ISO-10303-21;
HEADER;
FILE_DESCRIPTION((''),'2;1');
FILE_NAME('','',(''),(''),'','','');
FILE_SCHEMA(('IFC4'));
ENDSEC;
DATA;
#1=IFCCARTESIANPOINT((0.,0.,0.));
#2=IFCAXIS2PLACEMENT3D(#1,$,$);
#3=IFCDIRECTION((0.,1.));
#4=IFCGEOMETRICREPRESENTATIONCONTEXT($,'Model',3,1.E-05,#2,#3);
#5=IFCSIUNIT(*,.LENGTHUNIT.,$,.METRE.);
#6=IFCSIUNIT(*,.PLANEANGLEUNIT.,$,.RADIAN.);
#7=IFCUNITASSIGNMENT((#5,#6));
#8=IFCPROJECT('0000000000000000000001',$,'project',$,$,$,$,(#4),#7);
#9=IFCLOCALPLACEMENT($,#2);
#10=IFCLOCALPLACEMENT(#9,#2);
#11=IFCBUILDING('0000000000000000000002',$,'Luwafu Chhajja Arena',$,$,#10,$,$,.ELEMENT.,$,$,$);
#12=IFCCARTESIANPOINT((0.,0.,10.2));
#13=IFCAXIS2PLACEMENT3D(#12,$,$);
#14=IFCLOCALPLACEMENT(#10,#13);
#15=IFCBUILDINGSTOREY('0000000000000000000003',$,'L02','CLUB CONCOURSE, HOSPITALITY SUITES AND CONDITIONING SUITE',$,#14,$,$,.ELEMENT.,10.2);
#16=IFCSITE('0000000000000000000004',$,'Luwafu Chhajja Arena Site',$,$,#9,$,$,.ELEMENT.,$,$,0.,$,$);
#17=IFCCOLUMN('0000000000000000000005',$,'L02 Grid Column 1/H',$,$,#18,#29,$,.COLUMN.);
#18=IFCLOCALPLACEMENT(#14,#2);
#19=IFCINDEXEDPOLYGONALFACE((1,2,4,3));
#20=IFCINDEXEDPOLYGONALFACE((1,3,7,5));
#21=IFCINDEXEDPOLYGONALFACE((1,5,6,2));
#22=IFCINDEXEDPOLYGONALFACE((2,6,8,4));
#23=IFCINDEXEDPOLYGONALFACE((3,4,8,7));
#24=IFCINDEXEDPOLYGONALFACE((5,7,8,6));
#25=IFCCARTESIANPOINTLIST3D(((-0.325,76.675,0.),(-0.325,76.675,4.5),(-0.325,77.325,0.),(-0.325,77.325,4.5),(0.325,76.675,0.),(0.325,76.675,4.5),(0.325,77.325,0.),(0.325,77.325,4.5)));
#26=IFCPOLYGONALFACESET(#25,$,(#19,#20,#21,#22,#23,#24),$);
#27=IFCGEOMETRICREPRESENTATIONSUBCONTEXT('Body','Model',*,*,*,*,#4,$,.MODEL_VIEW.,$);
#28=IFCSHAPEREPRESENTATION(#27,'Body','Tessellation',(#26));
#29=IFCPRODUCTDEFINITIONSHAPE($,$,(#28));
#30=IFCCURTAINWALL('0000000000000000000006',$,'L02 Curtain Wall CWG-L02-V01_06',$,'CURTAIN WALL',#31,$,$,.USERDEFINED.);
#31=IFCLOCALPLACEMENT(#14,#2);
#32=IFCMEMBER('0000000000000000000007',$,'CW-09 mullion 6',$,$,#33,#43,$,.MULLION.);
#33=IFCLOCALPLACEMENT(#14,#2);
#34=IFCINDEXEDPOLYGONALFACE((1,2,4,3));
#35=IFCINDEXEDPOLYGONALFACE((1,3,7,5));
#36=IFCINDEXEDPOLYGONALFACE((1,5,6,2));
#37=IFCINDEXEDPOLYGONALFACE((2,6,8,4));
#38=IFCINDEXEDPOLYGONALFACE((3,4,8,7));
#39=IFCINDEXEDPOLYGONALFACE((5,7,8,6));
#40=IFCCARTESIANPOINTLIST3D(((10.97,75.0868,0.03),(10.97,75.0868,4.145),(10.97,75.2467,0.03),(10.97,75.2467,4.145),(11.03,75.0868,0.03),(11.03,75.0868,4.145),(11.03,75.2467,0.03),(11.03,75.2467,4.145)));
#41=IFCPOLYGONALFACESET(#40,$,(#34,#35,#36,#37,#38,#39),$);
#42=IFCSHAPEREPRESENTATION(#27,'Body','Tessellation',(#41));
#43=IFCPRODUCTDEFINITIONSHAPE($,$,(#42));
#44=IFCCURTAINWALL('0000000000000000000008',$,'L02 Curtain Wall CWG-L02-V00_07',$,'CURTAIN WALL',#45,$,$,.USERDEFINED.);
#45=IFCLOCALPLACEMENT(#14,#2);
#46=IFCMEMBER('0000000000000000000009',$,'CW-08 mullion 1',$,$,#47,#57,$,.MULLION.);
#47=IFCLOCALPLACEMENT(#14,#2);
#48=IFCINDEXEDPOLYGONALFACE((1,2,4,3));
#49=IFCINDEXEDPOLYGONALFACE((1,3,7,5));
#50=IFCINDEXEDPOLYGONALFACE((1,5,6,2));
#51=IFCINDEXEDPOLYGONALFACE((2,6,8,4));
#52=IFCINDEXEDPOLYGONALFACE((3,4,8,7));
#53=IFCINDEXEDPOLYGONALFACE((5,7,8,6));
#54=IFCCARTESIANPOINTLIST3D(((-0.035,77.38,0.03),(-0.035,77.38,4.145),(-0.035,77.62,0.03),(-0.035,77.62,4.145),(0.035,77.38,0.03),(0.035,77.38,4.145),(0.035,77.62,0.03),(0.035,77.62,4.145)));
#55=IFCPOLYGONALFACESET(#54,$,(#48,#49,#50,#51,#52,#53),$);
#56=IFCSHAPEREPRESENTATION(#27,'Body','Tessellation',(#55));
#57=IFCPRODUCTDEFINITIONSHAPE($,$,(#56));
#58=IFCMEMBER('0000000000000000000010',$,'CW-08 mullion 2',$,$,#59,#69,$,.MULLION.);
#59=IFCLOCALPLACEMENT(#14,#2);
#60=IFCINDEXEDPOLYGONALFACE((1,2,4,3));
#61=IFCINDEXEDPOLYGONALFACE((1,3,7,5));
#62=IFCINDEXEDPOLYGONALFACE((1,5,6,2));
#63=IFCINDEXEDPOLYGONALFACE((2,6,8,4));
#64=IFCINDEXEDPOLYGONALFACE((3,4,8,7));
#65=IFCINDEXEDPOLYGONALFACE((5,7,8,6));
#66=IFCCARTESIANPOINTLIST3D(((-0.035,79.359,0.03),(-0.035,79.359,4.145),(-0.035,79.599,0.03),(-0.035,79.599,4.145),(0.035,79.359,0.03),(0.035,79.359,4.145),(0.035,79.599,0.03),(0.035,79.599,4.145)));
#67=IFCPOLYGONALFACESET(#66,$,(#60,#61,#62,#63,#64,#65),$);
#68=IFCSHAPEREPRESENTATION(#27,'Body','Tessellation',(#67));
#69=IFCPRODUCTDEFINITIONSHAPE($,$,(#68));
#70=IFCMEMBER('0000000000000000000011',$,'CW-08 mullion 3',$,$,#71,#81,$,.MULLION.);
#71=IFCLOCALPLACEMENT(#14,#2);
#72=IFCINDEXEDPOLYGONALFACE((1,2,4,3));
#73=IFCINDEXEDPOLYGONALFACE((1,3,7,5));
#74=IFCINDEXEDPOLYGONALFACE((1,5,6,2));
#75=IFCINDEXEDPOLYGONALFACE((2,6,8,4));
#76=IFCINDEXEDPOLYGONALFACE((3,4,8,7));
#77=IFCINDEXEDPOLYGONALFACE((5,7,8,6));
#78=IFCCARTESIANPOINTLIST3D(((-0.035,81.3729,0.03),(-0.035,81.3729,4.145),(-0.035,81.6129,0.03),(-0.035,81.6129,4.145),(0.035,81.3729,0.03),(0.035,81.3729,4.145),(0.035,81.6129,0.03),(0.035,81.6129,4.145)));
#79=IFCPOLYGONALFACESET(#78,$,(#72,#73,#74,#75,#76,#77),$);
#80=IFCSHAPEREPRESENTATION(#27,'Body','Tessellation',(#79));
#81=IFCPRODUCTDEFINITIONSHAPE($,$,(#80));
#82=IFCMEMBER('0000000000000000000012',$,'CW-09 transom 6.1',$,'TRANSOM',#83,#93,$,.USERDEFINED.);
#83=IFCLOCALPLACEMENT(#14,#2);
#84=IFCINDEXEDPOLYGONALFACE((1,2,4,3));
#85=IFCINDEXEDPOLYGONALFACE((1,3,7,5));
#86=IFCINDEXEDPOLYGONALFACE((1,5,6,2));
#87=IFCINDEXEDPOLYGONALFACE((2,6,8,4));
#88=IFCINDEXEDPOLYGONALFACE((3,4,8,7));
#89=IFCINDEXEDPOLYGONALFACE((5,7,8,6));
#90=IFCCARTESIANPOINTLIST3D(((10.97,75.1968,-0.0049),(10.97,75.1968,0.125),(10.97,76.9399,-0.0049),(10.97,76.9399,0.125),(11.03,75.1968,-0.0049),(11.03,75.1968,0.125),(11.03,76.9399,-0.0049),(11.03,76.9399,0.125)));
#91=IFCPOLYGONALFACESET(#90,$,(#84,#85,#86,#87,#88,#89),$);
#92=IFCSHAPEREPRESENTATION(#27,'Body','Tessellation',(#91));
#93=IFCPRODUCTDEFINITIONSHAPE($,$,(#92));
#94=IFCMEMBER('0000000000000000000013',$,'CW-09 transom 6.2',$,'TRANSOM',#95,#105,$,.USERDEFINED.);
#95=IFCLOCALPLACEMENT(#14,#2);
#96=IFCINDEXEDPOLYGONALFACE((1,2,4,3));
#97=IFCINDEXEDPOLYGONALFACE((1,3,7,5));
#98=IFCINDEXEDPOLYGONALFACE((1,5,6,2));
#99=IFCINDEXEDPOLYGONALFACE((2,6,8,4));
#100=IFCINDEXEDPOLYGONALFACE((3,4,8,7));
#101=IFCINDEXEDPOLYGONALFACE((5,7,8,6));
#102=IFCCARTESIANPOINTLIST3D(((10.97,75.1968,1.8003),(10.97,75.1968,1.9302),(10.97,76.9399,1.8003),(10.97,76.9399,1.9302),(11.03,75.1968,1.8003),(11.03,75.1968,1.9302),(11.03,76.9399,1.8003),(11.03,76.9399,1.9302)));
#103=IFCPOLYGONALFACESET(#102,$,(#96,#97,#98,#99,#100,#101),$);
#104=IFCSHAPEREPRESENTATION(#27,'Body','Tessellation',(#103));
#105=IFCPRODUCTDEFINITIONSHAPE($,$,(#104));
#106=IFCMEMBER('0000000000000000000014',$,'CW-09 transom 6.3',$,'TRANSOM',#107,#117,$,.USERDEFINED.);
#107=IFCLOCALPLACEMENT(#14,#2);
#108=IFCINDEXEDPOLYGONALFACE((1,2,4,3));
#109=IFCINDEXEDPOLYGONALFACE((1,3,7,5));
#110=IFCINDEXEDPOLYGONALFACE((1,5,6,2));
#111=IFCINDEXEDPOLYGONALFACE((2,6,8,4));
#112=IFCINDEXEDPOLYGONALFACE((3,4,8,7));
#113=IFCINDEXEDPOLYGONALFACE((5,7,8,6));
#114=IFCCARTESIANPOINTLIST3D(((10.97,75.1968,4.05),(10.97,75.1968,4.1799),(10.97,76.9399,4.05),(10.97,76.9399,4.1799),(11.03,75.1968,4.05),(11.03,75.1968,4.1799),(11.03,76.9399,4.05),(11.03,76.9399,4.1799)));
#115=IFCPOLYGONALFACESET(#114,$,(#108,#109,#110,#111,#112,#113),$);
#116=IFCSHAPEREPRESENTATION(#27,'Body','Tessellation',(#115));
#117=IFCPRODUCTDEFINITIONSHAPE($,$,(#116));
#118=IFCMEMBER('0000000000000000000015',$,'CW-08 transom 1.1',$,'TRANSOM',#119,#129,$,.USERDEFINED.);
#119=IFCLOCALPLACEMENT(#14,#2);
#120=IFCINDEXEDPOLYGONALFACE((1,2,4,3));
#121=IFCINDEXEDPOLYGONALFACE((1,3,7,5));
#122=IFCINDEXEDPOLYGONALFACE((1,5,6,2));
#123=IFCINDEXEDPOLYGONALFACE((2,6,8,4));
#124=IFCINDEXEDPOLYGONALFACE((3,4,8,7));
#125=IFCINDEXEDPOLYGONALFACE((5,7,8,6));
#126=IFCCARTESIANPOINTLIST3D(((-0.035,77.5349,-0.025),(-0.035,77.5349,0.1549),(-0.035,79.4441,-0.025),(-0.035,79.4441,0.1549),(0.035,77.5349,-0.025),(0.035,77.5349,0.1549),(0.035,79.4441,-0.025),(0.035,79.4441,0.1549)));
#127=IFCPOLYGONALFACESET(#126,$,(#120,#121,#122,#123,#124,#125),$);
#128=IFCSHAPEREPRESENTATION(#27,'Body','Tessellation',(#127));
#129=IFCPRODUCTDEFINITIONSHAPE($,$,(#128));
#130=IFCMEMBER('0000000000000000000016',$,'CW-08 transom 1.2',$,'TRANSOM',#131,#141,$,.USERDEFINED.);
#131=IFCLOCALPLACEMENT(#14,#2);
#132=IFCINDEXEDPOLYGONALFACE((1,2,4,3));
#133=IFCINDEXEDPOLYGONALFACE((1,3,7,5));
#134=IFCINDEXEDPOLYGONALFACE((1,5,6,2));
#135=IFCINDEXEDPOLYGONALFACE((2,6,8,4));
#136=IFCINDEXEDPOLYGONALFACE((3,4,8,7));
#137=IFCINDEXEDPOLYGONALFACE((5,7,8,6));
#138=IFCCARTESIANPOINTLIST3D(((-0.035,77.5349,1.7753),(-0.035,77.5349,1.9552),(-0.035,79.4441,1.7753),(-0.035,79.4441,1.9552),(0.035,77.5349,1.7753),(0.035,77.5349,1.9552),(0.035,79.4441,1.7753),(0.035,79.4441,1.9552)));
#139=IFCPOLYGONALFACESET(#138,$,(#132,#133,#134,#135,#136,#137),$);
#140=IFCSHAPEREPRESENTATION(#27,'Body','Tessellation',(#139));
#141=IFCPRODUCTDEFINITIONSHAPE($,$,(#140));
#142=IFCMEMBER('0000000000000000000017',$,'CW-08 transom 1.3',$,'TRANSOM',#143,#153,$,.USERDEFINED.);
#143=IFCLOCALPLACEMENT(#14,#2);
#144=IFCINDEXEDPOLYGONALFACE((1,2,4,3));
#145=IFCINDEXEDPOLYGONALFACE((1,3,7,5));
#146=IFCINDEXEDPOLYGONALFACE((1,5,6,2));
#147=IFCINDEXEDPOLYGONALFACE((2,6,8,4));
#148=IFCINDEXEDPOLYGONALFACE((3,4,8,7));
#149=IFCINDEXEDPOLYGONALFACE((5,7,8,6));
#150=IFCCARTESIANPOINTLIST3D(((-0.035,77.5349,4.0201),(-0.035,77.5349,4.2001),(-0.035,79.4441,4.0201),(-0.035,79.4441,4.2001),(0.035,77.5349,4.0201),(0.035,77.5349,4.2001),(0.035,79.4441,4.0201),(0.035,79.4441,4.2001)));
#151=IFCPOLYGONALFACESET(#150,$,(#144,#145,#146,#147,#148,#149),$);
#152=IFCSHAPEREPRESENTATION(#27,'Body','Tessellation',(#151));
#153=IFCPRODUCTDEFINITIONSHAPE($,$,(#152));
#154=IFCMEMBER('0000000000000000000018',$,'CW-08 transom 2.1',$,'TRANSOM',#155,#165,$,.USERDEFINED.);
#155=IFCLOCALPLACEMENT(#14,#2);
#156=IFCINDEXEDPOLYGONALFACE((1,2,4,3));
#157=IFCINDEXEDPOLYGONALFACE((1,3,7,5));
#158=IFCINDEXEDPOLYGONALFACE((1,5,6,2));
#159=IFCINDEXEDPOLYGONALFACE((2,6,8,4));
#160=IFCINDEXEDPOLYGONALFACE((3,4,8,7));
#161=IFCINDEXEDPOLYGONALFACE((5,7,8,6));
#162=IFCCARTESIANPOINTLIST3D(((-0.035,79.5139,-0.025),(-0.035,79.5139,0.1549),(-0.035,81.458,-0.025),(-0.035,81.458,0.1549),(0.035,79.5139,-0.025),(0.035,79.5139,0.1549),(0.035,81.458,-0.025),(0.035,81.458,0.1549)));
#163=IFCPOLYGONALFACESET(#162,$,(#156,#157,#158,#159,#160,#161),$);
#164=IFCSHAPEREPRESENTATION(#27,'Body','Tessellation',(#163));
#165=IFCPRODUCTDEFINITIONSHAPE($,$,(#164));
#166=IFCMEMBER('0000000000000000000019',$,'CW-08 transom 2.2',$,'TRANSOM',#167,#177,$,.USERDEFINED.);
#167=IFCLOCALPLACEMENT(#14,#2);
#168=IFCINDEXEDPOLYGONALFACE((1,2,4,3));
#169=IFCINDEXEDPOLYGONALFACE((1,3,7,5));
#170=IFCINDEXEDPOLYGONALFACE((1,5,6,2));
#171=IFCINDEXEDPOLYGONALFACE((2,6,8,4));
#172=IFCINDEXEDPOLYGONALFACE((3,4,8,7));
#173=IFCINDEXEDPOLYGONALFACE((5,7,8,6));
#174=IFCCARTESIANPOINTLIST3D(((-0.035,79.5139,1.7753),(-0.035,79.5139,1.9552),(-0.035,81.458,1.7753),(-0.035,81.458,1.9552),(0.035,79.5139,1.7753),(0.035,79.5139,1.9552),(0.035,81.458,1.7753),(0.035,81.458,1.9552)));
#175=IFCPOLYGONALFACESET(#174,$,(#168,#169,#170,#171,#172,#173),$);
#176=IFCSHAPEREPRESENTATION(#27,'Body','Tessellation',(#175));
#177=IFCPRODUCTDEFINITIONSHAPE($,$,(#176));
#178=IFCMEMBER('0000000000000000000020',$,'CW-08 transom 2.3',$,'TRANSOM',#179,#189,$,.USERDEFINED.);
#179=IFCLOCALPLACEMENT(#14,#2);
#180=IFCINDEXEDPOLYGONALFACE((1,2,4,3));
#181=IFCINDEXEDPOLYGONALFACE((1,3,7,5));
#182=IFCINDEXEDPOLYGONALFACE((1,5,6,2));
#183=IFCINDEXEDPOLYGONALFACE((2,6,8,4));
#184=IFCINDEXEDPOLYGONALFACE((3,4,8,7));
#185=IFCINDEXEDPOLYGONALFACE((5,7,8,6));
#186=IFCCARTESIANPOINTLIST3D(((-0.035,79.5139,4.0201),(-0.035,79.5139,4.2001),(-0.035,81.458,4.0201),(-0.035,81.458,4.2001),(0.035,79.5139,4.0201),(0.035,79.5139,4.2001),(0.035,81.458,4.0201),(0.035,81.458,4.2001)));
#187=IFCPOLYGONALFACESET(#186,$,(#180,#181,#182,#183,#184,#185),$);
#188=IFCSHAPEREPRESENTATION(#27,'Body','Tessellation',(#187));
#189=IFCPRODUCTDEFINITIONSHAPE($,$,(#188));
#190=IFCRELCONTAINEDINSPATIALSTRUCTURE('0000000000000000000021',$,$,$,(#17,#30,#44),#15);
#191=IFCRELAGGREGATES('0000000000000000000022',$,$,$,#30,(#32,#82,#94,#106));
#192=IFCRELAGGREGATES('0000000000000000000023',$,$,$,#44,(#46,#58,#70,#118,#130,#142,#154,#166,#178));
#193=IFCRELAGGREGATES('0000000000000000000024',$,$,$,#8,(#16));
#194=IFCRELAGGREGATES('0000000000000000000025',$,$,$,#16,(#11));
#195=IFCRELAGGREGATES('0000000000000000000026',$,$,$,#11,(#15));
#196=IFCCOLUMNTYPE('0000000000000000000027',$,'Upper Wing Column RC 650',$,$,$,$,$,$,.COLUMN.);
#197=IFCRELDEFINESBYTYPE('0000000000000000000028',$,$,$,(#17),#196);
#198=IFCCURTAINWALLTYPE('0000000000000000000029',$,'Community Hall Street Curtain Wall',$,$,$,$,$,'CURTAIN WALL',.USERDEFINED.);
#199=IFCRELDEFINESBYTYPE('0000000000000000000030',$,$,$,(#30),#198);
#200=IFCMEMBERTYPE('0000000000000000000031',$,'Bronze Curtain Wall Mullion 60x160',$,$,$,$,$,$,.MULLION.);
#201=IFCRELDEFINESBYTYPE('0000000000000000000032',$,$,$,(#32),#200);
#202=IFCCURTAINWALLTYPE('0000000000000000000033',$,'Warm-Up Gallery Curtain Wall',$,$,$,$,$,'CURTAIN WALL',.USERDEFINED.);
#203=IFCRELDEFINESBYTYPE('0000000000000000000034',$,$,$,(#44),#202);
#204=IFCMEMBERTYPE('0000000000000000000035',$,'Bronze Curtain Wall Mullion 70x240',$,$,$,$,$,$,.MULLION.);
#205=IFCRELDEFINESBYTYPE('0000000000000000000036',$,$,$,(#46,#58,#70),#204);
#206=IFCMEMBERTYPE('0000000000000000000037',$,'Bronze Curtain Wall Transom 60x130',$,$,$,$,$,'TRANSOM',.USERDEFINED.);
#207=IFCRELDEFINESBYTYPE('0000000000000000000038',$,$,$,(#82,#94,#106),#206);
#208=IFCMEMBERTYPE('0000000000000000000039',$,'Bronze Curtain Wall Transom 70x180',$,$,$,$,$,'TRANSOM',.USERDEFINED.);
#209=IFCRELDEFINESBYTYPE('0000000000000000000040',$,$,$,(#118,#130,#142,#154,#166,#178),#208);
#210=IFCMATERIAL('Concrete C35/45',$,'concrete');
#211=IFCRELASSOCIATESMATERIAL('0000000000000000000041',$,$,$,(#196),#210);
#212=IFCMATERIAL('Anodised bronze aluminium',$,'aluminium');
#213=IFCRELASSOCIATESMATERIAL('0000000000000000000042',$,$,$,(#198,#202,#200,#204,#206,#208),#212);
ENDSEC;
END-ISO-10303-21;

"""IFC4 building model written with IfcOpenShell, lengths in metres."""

from ifc_helpers import new_model, si_unit, direction, frame, origin, origin_2d, place, context, subcontext, project, spatial, rectangle, extrude, material, material_profile, profile_set, type_object, element, aggregate, save


model = new_model("IFC4")

# Units and contexts
model_context = context("Model", 3, precision=1e-05, world=origin(), true_north=direction((0.0, 1.0)))
body_context = subcontext(model_context, "Body", "Model", "MODEL_VIEW")
ifc_project = project(units=[si_unit("LENGTHUNIT", "METRE"), si_unit("PLANEANGLEUNIT", "RADIAN")], contexts=[model_context])

# Site, building, storey
site_placement = place(None, origin())
site = spatial("IfcSite", under=ifc_project, at=site_placement, Name="Luwafu Chhajja Arena Site", CompositionType="ELEMENT", RefElevation=0.0)
building_placement = place(site_placement, origin())
building = spatial("IfcBuilding", under=site, at=building_placement, Name="Luwafu Chhajja Arena", CompositionType="ELEMENT")
storey_placement = place(building_placement, frame((0.0, 0.0, 10.2)))
storey = spatial("IfcBuildingStorey", under=building, at=storey_placement, Name="L02", Description="CLUB CONCOURSE, HOSPITALITY SUITES AND CONDITIONING SUITE", CompositionType="ELEMENT", Elevation=10.2)

# Column
ifc_material_1 = material(Name="Concrete C35/45", Category="concrete")
ifc_material_profile_1 = material_profile(ifc_material_1, rectangle(XDim=0.6499, YDim=0.6499, at=origin_2d()), Name="RC 650x650")
ifc_profile_set_1 = profile_set([ifc_material_profile_1], Name="Concrete C35/45")
column_type = type_object("IfcColumnType", Name="Upper Wing Column RC 650", PredefinedType="COLUMN", material=ifc_profile_set_1)
column_placement = place(storey_placement, frame((0.0, 77.0, 0.0), z_axis=(0.0, 0.0, 1.0), x_axis=(1.0, 0.0, 0.0)))
element("IfcColumn", 1, at=column_placement, inside=storey, type_object=column_type, Name="L02 Grid Column 1/H", PredefinedType="COLUMN", context=body_context, shape_type="SweptSolid", body=[
    extrude(rectangle(XDim=0.6499, YDim=0.6499, at=origin_2d()), origin(), (0.0, 0.0, 1.0), 4.5),
])

# Curtain wall, member
ifc_material_2 = material(Name="Anodised bronze aluminium", Category="aluminium")
curtain_wall_type_1 = type_object("IfcCurtainWallType", Name="Community Hall Street Curtain Wall", ElementType="CURTAIN WALL", PredefinedType="USERDEFINED", material=ifc_material_2)
curtain_wall_1_placement = place(storey_placement, origin())
curtain_wall_1 = element("IfcCurtainWall", 2, at=curtain_wall_1_placement, inside=storey, type_object=curtain_wall_type_1, Name="L02 Curtain Wall CWG-L02-V01_06", ObjectType="CURTAIN WALL", PredefinedType="USERDEFINED")
ifc_material_profile_2 = material_profile(ifc_material_2, rectangle(XDim=0.0601, YDim=0.1599, at=origin_2d()), Name="CWM 60x160")
ifc_profile_set_2 = profile_set([ifc_material_profile_2], Name="Anodised bronze aluminium")
member_type_1 = type_object("IfcMemberType", Name="Bronze Curtain Wall Mullion 60x160", PredefinedType="MULLION", material=ifc_profile_set_2)
member_1_placement = place(storey_placement, frame((11.0, 75.1667, 0.03), z_axis=(0.0, 0.0, 1.0), x_axis=(-1.0, 0.0, 0.0)))
member_1 = element("IfcMember", 3, at=member_1_placement, type_object=member_type_1, Name="CW-09 mullion 6", PredefinedType="MULLION", context=body_context, shape_type="SweptSolid", body=[
    extrude(rectangle(XDim=0.0601, YDim=0.1599, at=origin_2d()), origin(), (0.0, 0.0, 1.0), 4.115),
])

# Curtain wall, members
curtain_wall_type_2 = type_object("IfcCurtainWallType", Name="Warm-Up Gallery Curtain Wall", ElementType="CURTAIN WALL", PredefinedType="USERDEFINED", material=ifc_material_2)
curtain_wall_2_placement = place(storey_placement, origin())
curtain_wall_2 = element("IfcCurtainWall", 4, at=curtain_wall_2_placement, inside=storey, type_object=curtain_wall_type_2, Name="L02 Curtain Wall CWG-L02-V00_07", ObjectType="CURTAIN WALL", PredefinedType="USERDEFINED")
ifc_material_profile_3 = material_profile(ifc_material_2, rectangle(XDim=0.0701, YDim=0.24, at=origin_2d()), Name="CWM 70x240")
ifc_profile_set_3 = profile_set([ifc_material_profile_3], Name="Anodised bronze aluminium")
member_type_2 = type_object("IfcMemberType", Name="Bronze Curtain Wall Mullion 70x240", PredefinedType="MULLION", material=ifc_profile_set_3)
member_2_placement = place(storey_placement, frame((0.0, 77.5, 0.03), z_axis=(0.0, 0.0, 1.0), x_axis=(-1.0, 0.0, 0.0)))
member_2 = element("IfcMember", 5, at=member_2_placement, type_object=member_type_2, Name="CW-08 mullion 1", PredefinedType="MULLION", context=body_context, shape_type="SweptSolid", body=[
    extrude(rectangle(XDim=0.0701, YDim=0.24, at=origin_2d()), origin(), (0.0, 0.0, 1.0), 4.115),
])
member_3_placement = place(storey_placement, frame((0.0, 79.479, 0.03), z_axis=(0.0, 0.0, 1.0), x_axis=(-1.0, 0.0, 0.0)))
member_3 = element("IfcMember", 6, at=member_3_placement, type_object=member_type_2, Name="CW-08 mullion 2", PredefinedType="MULLION", context=body_context, shape_type="SweptSolid", body=[
    extrude(rectangle(XDim=0.0701, YDim=0.24, at=origin_2d()), origin(), (0.0, 0.0, 1.0), 4.115),
])
member_4_placement = place(storey_placement, frame((0.0, 81.4929, 0.03), z_axis=(0.0, 0.0, 1.0), x_axis=(-1.0, 0.0, 0.0)))
member_4 = element("IfcMember", 7, at=member_4_placement, type_object=member_type_2, Name="CW-08 mullion 3", PredefinedType="MULLION", context=body_context, shape_type="SweptSolid", body=[
    extrude(rectangle(XDim=0.0701, YDim=0.24, at=origin_2d()), origin(), (0.0, 0.0, 1.0), 4.115),
])

# Members
ifc_material_profile_4 = material_profile(ifc_material_2, rectangle(XDim=0.0601, YDim=0.1299, at=origin_2d()), Name="CWT 60x130")
ifc_profile_set_4 = profile_set([ifc_material_profile_4], Name="Anodised bronze aluminium")
member_type_3 = type_object("IfcMemberType", Name="Bronze Curtain Wall Transom 60x130", ElementType="TRANSOM", PredefinedType="USERDEFINED", material=ifc_profile_set_4)
member_5_placement = place(storey_placement, frame((11.0, 75.1968, 0.0601), z_axis=(0.0, 1.0, 0.0), x_axis=(-1.0, 0.0, 0.0)))
member_5 = element("IfcMember", 8, at=member_5_placement, type_object=member_type_3, Name="CW-09 transom 6.1", ObjectType="TRANSOM", PredefinedType="USERDEFINED", context=body_context, shape_type="SweptSolid", body=[
    extrude(rectangle(XDim=0.0601, YDim=0.1299, at=origin_2d()), origin(), (0.0, 0.0, 1.0), 1.7432),
])
member_6_placement = place(storey_placement, frame((11.0, 75.1968, 1.8652), z_axis=(0.0, 1.0, 0.0), x_axis=(-1.0, 0.0, 0.0)))
member_6 = element("IfcMember", 9, at=member_6_placement, type_object=member_type_3, Name="CW-09 transom 6.2", ObjectType="TRANSOM", PredefinedType="USERDEFINED", context=body_context, shape_type="SweptSolid", body=[
    extrude(rectangle(XDim=0.0601, YDim=0.1299, at=origin_2d()), origin(), (0.0, 0.0, 1.0), 1.7432),
])
member_7_placement = place(storey_placement, frame((11.0, 75.1968, 4.115), z_axis=(0.0, 1.0, 0.0), x_axis=(-1.0, 0.0, 0.0)))
member_7 = element("IfcMember", 10, at=member_7_placement, type_object=member_type_3, Name="CW-09 transom 6.3", ObjectType="TRANSOM", PredefinedType="USERDEFINED", context=body_context, shape_type="SweptSolid", body=[
    extrude(rectangle(XDim=0.0601, YDim=0.1299, at=origin_2d()), origin(), (0.0, 0.0, 1.0), 1.7432),
])
aggregate(curtain_wall_1, [member_1, member_5, member_6, member_7])
ifc_material_profile_5 = material_profile(ifc_material_2, rectangle(XDim=0.0701, YDim=0.1799, at=origin_2d()), Name="CWT 70x180")
ifc_profile_set_5 = profile_set([ifc_material_profile_5], Name="Anodised bronze aluminium")
member_type_4 = type_object("IfcMemberType", Name="Bronze Curtain Wall Transom 70x180", ElementType="TRANSOM", PredefinedType="USERDEFINED", material=ifc_profile_set_5)
member_8_placement = place(storey_placement, frame((0.0, 77.5349, 0.0649), z_axis=(0.0, 1.0, 0.0), x_axis=(-1.0, 0.0, 0.0)))
member_8 = element("IfcMember", 11, at=member_8_placement, type_object=member_type_4, Name="CW-08 transom 1.1", ObjectType="TRANSOM", PredefinedType="USERDEFINED", context=body_context, shape_type="SweptSolid", body=[
    extrude(rectangle(XDim=0.0701, YDim=0.1799, at=origin_2d()), origin(), (0.0, 0.0, 1.0), 1.9092),
])
member_9_placement = place(storey_placement, frame((0.0, 77.5349, 1.8652), z_axis=(0.0, 1.0, 0.0), x_axis=(-1.0, 0.0, 0.0)))
member_9 = element("IfcMember", 12, at=member_9_placement, type_object=member_type_4, Name="CW-08 transom 1.2", ObjectType="TRANSOM", PredefinedType="USERDEFINED", context=body_context, shape_type="SweptSolid", body=[
    extrude(rectangle(XDim=0.0701, YDim=0.1799, at=origin_2d()), origin(), (0.0, 0.0, 1.0), 1.9092),
])
member_10_placement = place(storey_placement, frame((0.0, 77.5349, 4.1101), z_axis=(0.0, 1.0, 0.0), x_axis=(-1.0, 0.0, 0.0)))
member_10 = element("IfcMember", 13, at=member_10_placement, type_object=member_type_4, Name="CW-08 transom 1.3", ObjectType="TRANSOM", PredefinedType="USERDEFINED", context=body_context, shape_type="SweptSolid", body=[
    extrude(rectangle(XDim=0.0701, YDim=0.1799, at=origin_2d()), origin(), (0.0, 0.0, 1.0), 1.9092),
])
member_11_placement = place(storey_placement, frame((0.0, 79.5139, 0.0649), z_axis=(0.0, 1.0, 0.0), x_axis=(-1.0, 0.0, 0.0)))
member_11 = element("IfcMember", 14, at=member_11_placement, type_object=member_type_4, Name="CW-08 transom 2.1", ObjectType="TRANSOM", PredefinedType="USERDEFINED", context=body_context, shape_type="SweptSolid", body=[
    extrude(rectangle(XDim=0.0701, YDim=0.1799, at=origin_2d()), origin(), (0.0, 0.0, 1.0), 1.9441),
])
member_12_placement = place(storey_placement, frame((0.0, 79.5139, 1.8652), z_axis=(0.0, 1.0, 0.0), x_axis=(-1.0, 0.0, 0.0)))
member_12 = element("IfcMember", 15, at=member_12_placement, type_object=member_type_4, Name="CW-08 transom 2.2", ObjectType="TRANSOM", PredefinedType="USERDEFINED", context=body_context, shape_type="SweptSolid", body=[
    extrude(rectangle(XDim=0.0701, YDim=0.1799, at=origin_2d()), origin(), (0.0, 0.0, 1.0), 1.9441),
])
member_13_placement = place(storey_placement, frame((0.0, 79.5139, 4.1101), z_axis=(0.0, 1.0, 0.0), x_axis=(-1.0, 0.0, 0.0)))
member_13 = element("IfcMember", 16, at=member_13_placement, type_object=member_type_4, Name="CW-08 transom 2.3", ObjectType="TRANSOM", PredefinedType="USERDEFINED", context=body_context, shape_type="SweptSolid", body=[
    extrude(rectangle(XDim=0.0701, YDim=0.1799, at=origin_2d()), origin(), (0.0, 0.0, 1.0), 1.9441),
])

aggregate(curtain_wall_2, [member_2, member_3, member_4, member_8, member_9, member_10, member_11, member_12, member_13])

save(model, "model.ifc")
